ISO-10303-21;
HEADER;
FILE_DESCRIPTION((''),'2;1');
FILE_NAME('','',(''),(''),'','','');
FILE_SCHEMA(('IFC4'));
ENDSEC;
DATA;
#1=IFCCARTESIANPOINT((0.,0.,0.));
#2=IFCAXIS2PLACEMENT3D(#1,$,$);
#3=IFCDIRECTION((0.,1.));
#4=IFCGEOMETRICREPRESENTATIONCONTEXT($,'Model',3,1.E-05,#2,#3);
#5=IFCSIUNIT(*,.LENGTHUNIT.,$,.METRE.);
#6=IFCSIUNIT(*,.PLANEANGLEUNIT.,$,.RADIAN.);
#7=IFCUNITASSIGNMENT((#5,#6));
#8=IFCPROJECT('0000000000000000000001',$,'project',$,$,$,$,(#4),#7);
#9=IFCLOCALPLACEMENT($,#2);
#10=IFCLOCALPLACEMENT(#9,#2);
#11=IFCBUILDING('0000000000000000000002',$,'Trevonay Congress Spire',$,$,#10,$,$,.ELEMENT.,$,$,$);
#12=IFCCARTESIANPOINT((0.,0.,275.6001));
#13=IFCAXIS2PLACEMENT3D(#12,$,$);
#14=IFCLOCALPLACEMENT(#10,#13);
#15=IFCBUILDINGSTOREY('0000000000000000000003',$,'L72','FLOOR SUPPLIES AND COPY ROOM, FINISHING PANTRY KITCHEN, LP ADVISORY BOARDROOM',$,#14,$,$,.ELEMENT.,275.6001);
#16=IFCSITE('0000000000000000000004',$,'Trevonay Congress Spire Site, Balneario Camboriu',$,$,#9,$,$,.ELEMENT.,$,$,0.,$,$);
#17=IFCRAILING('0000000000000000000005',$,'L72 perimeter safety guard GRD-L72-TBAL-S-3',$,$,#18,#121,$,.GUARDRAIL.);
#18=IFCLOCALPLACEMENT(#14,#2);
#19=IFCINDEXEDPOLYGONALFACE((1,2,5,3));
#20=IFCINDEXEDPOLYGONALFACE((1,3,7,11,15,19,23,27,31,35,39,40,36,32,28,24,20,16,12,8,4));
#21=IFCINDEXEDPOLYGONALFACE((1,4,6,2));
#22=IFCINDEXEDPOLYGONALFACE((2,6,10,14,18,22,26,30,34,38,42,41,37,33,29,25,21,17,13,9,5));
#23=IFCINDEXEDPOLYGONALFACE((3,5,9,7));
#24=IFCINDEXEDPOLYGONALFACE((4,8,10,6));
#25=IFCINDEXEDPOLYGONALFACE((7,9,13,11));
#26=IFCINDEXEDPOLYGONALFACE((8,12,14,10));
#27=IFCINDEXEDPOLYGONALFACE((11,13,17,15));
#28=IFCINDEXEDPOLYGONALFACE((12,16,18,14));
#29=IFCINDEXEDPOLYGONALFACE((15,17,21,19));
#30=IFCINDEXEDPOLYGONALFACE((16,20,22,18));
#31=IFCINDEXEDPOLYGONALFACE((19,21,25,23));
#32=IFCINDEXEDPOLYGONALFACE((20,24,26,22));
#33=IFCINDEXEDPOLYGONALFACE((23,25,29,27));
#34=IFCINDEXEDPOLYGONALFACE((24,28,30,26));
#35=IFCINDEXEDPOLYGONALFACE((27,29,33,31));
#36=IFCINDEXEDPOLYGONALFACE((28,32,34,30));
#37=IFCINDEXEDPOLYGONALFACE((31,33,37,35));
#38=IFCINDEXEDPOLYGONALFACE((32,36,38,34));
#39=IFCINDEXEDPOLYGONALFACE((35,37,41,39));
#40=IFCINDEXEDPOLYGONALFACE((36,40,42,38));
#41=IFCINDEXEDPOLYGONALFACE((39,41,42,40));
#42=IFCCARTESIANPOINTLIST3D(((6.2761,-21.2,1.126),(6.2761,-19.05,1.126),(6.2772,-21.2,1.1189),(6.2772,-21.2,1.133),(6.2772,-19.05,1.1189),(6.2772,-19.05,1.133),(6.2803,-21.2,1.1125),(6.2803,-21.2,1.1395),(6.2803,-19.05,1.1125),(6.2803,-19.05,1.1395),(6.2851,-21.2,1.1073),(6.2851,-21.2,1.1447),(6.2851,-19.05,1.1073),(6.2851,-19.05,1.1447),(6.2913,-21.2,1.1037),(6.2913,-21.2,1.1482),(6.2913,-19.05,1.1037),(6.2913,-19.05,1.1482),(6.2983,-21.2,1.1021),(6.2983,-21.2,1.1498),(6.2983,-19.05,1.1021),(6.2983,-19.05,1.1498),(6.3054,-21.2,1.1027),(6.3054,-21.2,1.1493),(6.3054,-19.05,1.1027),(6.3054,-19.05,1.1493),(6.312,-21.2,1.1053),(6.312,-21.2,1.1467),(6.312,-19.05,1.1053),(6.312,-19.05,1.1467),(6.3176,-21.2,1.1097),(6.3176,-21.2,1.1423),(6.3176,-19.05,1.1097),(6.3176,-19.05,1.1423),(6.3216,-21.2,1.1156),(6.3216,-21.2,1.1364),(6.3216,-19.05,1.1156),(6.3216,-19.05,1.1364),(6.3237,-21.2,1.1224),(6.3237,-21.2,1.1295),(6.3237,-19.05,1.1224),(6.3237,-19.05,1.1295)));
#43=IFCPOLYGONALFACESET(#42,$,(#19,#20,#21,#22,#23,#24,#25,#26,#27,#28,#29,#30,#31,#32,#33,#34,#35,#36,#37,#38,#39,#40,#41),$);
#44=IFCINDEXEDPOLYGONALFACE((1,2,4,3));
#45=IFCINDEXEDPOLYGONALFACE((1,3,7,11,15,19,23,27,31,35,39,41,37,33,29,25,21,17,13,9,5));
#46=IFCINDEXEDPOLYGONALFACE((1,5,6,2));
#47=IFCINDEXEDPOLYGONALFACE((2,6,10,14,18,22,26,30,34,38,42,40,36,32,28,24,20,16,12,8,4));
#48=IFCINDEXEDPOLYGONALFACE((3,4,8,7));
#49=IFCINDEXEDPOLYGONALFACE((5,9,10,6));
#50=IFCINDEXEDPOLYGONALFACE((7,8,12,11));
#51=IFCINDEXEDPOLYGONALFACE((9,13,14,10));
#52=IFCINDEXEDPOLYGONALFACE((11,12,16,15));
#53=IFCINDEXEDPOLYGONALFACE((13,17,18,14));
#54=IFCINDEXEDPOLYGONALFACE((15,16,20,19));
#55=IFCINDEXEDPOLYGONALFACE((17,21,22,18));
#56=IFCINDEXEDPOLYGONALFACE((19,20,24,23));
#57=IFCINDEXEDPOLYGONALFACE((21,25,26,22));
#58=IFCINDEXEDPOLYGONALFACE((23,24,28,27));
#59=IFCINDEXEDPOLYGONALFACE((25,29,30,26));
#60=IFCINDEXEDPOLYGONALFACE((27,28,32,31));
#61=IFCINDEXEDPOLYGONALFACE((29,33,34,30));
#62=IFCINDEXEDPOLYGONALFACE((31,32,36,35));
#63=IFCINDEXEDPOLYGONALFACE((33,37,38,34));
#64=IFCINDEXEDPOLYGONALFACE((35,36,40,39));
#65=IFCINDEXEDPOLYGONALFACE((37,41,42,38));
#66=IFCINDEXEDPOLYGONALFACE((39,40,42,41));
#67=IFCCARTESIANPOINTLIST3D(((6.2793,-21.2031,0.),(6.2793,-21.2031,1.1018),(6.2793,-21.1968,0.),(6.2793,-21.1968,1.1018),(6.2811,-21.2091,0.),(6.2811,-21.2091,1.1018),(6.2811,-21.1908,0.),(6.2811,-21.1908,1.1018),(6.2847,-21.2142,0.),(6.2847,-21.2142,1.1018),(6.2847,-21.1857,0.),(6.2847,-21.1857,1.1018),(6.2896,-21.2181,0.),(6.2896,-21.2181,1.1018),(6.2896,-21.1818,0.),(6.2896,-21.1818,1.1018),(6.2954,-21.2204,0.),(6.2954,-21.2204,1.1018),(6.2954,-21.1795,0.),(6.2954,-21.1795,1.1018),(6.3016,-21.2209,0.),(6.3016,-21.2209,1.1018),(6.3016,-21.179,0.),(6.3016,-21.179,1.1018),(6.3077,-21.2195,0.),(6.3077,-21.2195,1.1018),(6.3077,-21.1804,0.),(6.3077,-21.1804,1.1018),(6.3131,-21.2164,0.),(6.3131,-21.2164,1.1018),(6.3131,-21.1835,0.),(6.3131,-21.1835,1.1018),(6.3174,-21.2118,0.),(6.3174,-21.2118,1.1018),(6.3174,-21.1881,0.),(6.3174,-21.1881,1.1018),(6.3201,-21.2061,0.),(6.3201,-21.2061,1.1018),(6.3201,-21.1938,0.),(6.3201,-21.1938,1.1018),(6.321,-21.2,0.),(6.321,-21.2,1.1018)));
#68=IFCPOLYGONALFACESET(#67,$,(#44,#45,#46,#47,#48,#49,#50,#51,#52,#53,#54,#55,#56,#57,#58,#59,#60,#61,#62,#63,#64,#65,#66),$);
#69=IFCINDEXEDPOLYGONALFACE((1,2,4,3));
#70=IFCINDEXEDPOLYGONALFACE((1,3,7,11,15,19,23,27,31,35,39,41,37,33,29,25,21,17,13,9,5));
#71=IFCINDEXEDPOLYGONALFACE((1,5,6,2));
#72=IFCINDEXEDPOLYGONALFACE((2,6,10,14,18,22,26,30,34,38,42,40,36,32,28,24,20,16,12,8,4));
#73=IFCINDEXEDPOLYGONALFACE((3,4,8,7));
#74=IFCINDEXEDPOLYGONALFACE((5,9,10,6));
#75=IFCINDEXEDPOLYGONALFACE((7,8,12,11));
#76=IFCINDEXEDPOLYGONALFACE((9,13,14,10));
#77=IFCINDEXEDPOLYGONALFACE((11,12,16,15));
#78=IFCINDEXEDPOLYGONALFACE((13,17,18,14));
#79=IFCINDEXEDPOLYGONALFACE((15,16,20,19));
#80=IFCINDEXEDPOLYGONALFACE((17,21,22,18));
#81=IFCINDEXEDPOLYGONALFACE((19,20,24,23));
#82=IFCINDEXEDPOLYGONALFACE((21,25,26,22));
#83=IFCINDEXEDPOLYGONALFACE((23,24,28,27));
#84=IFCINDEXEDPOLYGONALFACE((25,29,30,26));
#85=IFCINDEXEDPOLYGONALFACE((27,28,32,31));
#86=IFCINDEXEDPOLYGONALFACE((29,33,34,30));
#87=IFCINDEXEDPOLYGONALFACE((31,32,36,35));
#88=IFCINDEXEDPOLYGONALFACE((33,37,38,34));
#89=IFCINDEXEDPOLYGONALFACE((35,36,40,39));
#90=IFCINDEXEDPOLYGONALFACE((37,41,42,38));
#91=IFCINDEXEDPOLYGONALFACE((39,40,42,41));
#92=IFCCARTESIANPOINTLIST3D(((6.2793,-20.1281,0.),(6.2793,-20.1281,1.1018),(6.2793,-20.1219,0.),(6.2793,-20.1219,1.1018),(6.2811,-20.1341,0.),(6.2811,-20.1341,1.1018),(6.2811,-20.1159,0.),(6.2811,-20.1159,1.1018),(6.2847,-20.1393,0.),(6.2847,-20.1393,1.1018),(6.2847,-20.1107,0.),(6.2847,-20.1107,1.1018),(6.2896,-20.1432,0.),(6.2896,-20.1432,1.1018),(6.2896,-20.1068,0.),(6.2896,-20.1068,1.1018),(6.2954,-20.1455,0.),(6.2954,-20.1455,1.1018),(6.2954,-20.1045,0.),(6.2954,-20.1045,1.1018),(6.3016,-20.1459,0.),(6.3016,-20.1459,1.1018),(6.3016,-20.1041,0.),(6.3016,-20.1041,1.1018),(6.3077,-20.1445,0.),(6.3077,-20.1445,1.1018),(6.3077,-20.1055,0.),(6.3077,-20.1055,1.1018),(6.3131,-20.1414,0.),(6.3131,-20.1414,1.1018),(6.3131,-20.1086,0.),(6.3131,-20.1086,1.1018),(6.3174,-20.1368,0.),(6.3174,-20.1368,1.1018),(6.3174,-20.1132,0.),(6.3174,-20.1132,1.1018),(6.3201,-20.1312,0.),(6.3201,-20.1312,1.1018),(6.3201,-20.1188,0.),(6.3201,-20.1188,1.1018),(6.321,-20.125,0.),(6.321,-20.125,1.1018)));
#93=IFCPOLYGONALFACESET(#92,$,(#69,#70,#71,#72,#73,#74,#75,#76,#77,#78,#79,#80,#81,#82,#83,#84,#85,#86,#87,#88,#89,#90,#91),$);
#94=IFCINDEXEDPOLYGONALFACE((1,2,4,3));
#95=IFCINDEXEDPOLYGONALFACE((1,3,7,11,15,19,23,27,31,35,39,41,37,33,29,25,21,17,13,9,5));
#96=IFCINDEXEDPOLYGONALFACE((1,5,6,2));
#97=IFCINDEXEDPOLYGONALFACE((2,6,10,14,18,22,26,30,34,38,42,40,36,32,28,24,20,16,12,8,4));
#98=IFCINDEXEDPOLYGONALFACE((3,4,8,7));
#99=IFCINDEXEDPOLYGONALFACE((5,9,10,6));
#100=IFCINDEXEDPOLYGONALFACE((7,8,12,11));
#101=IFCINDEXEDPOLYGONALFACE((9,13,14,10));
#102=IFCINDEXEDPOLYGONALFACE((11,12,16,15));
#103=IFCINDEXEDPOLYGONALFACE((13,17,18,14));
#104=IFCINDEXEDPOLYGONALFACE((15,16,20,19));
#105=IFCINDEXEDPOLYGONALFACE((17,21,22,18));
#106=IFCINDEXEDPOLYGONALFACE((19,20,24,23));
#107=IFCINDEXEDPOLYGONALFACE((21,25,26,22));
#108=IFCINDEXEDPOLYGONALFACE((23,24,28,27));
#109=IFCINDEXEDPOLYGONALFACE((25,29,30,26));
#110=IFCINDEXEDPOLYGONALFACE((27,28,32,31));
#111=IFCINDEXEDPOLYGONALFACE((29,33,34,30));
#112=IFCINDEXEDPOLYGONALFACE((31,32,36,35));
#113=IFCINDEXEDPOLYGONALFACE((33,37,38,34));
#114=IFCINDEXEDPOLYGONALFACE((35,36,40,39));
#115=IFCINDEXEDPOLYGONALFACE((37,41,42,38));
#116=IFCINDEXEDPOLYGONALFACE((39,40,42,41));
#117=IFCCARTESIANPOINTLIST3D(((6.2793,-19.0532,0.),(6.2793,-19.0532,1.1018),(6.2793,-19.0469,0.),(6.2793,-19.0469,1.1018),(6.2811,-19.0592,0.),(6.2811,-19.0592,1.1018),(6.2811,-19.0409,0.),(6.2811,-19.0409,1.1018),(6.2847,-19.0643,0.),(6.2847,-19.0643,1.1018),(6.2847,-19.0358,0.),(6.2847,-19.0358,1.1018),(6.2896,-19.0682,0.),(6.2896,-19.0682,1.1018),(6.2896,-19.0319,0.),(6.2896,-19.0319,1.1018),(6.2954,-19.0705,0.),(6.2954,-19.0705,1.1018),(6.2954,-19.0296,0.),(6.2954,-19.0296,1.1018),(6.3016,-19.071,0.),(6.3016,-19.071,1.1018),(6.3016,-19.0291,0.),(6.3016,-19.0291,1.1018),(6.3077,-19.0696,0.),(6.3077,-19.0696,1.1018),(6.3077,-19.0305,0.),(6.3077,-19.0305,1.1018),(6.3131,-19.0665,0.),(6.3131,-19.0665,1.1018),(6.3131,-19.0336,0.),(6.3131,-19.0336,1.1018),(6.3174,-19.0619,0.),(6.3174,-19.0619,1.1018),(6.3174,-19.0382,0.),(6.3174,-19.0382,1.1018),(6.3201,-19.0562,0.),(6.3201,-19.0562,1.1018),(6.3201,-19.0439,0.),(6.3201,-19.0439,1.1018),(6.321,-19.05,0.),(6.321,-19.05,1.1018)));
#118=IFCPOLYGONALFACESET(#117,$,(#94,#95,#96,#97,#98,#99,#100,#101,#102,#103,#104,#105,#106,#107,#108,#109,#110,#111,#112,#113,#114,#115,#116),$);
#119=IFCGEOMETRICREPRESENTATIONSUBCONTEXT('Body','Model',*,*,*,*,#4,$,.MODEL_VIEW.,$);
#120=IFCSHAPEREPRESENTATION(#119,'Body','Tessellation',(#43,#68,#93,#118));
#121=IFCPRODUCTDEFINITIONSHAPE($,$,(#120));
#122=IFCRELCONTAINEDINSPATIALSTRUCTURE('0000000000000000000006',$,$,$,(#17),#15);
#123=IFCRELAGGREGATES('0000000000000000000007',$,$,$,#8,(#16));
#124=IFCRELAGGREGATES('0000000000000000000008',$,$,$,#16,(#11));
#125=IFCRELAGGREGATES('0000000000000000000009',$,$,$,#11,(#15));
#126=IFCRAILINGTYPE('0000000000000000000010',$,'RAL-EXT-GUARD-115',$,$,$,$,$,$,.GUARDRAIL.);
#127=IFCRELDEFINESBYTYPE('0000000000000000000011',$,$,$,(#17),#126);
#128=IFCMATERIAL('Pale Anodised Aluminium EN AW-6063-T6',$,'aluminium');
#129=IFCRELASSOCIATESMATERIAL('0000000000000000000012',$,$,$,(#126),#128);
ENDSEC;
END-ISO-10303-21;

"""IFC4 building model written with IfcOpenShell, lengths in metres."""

from ifc_helpers import new_model, si_unit, direction, frame, origin, origin_2d, place, context, subcontext, project, spatial, circle, extrude, material, type_object, element, save


model = new_model("IFC4")

# Units and contexts
model_context = context("Model", 3, precision=1e-05, world=origin(), true_north=direction((0.0, 1.0)))
body_context = subcontext(model_context, "Body", "Model", "MODEL_VIEW")
ifc_project = project(units=[si_unit("LENGTHUNIT", "METRE"), si_unit("PLANEANGLEUNIT", "RADIAN")], contexts=[model_context])

# Site, building, storey
site_placement = place(None, origin())
site = spatial("IfcSite", under=ifc_project, at=site_placement, Name="Trevonay Congress Spire Site, Balneario Camboriu", CompositionType="ELEMENT", RefElevation=0.0)
building_placement = place(site_placement, origin())
building = spatial("IfcBuilding", under=site, at=building_placement, Name="Trevonay Congress Spire", CompositionType="ELEMENT")
storey_placement = place(building_placement, frame((0.0, 0.0, 275.6001)))
storey = spatial("IfcBuildingStorey", under=building, at=storey_placement, Name="L72", Description="FLOOR SUPPLIES AND COPY ROOM, FINISHING PANTRY KITCHEN, LP ADVISORY BOARDROOM", CompositionType="ELEMENT", Elevation=275.6001)

# Shared definitions
ifc_material_1 = material(Name="Pale Anodised Aluminium EN AW-6063-T6", Category="aluminium")

# Railing
railing_type = type_object("IfcRailingType", Name="RAL-EXT-GUARD-115", PredefinedType="GUARDRAIL", material=ifc_material_1)
railing_1_placement = place(storey_placement, frame((6.3, -21.2, 0.0)))
element("IfcRailing", 1, at=railing_1_placement, inside=storey, type_object=railing_type, Name="L72 perimeter safety guard GRD-L72-TBAL-S-3", PredefinedType="GUARDRAIL", context=body_context, shape_type="SweptSolid", body=[
    extrude(circle(Radius=0.0239, at=origin_2d()), frame((0.0, 0.0, 1.126), z_axis=(0.0, 1.0, 0.0), x_axis=(-1.0, 0.0, 0.0)), (0.0, 0.0, 1.0), 2.1499),
    extrude(circle(Radius=0.021, at=origin_2d()), origin(), (0.0, 0.0, 1.0), 1.1018),
    extrude(circle(Radius=0.021, at=origin_2d()), frame((0.0, 1.075, 0.0)), (0.0, 0.0, 1.0), 1.1018),
    extrude(circle(Radius=0.021, at=origin_2d()), frame((0.0, 2.1499, 0.0)), (0.0, 0.0, 1.0), 1.1018),
])

save(model, "model.ifc")
